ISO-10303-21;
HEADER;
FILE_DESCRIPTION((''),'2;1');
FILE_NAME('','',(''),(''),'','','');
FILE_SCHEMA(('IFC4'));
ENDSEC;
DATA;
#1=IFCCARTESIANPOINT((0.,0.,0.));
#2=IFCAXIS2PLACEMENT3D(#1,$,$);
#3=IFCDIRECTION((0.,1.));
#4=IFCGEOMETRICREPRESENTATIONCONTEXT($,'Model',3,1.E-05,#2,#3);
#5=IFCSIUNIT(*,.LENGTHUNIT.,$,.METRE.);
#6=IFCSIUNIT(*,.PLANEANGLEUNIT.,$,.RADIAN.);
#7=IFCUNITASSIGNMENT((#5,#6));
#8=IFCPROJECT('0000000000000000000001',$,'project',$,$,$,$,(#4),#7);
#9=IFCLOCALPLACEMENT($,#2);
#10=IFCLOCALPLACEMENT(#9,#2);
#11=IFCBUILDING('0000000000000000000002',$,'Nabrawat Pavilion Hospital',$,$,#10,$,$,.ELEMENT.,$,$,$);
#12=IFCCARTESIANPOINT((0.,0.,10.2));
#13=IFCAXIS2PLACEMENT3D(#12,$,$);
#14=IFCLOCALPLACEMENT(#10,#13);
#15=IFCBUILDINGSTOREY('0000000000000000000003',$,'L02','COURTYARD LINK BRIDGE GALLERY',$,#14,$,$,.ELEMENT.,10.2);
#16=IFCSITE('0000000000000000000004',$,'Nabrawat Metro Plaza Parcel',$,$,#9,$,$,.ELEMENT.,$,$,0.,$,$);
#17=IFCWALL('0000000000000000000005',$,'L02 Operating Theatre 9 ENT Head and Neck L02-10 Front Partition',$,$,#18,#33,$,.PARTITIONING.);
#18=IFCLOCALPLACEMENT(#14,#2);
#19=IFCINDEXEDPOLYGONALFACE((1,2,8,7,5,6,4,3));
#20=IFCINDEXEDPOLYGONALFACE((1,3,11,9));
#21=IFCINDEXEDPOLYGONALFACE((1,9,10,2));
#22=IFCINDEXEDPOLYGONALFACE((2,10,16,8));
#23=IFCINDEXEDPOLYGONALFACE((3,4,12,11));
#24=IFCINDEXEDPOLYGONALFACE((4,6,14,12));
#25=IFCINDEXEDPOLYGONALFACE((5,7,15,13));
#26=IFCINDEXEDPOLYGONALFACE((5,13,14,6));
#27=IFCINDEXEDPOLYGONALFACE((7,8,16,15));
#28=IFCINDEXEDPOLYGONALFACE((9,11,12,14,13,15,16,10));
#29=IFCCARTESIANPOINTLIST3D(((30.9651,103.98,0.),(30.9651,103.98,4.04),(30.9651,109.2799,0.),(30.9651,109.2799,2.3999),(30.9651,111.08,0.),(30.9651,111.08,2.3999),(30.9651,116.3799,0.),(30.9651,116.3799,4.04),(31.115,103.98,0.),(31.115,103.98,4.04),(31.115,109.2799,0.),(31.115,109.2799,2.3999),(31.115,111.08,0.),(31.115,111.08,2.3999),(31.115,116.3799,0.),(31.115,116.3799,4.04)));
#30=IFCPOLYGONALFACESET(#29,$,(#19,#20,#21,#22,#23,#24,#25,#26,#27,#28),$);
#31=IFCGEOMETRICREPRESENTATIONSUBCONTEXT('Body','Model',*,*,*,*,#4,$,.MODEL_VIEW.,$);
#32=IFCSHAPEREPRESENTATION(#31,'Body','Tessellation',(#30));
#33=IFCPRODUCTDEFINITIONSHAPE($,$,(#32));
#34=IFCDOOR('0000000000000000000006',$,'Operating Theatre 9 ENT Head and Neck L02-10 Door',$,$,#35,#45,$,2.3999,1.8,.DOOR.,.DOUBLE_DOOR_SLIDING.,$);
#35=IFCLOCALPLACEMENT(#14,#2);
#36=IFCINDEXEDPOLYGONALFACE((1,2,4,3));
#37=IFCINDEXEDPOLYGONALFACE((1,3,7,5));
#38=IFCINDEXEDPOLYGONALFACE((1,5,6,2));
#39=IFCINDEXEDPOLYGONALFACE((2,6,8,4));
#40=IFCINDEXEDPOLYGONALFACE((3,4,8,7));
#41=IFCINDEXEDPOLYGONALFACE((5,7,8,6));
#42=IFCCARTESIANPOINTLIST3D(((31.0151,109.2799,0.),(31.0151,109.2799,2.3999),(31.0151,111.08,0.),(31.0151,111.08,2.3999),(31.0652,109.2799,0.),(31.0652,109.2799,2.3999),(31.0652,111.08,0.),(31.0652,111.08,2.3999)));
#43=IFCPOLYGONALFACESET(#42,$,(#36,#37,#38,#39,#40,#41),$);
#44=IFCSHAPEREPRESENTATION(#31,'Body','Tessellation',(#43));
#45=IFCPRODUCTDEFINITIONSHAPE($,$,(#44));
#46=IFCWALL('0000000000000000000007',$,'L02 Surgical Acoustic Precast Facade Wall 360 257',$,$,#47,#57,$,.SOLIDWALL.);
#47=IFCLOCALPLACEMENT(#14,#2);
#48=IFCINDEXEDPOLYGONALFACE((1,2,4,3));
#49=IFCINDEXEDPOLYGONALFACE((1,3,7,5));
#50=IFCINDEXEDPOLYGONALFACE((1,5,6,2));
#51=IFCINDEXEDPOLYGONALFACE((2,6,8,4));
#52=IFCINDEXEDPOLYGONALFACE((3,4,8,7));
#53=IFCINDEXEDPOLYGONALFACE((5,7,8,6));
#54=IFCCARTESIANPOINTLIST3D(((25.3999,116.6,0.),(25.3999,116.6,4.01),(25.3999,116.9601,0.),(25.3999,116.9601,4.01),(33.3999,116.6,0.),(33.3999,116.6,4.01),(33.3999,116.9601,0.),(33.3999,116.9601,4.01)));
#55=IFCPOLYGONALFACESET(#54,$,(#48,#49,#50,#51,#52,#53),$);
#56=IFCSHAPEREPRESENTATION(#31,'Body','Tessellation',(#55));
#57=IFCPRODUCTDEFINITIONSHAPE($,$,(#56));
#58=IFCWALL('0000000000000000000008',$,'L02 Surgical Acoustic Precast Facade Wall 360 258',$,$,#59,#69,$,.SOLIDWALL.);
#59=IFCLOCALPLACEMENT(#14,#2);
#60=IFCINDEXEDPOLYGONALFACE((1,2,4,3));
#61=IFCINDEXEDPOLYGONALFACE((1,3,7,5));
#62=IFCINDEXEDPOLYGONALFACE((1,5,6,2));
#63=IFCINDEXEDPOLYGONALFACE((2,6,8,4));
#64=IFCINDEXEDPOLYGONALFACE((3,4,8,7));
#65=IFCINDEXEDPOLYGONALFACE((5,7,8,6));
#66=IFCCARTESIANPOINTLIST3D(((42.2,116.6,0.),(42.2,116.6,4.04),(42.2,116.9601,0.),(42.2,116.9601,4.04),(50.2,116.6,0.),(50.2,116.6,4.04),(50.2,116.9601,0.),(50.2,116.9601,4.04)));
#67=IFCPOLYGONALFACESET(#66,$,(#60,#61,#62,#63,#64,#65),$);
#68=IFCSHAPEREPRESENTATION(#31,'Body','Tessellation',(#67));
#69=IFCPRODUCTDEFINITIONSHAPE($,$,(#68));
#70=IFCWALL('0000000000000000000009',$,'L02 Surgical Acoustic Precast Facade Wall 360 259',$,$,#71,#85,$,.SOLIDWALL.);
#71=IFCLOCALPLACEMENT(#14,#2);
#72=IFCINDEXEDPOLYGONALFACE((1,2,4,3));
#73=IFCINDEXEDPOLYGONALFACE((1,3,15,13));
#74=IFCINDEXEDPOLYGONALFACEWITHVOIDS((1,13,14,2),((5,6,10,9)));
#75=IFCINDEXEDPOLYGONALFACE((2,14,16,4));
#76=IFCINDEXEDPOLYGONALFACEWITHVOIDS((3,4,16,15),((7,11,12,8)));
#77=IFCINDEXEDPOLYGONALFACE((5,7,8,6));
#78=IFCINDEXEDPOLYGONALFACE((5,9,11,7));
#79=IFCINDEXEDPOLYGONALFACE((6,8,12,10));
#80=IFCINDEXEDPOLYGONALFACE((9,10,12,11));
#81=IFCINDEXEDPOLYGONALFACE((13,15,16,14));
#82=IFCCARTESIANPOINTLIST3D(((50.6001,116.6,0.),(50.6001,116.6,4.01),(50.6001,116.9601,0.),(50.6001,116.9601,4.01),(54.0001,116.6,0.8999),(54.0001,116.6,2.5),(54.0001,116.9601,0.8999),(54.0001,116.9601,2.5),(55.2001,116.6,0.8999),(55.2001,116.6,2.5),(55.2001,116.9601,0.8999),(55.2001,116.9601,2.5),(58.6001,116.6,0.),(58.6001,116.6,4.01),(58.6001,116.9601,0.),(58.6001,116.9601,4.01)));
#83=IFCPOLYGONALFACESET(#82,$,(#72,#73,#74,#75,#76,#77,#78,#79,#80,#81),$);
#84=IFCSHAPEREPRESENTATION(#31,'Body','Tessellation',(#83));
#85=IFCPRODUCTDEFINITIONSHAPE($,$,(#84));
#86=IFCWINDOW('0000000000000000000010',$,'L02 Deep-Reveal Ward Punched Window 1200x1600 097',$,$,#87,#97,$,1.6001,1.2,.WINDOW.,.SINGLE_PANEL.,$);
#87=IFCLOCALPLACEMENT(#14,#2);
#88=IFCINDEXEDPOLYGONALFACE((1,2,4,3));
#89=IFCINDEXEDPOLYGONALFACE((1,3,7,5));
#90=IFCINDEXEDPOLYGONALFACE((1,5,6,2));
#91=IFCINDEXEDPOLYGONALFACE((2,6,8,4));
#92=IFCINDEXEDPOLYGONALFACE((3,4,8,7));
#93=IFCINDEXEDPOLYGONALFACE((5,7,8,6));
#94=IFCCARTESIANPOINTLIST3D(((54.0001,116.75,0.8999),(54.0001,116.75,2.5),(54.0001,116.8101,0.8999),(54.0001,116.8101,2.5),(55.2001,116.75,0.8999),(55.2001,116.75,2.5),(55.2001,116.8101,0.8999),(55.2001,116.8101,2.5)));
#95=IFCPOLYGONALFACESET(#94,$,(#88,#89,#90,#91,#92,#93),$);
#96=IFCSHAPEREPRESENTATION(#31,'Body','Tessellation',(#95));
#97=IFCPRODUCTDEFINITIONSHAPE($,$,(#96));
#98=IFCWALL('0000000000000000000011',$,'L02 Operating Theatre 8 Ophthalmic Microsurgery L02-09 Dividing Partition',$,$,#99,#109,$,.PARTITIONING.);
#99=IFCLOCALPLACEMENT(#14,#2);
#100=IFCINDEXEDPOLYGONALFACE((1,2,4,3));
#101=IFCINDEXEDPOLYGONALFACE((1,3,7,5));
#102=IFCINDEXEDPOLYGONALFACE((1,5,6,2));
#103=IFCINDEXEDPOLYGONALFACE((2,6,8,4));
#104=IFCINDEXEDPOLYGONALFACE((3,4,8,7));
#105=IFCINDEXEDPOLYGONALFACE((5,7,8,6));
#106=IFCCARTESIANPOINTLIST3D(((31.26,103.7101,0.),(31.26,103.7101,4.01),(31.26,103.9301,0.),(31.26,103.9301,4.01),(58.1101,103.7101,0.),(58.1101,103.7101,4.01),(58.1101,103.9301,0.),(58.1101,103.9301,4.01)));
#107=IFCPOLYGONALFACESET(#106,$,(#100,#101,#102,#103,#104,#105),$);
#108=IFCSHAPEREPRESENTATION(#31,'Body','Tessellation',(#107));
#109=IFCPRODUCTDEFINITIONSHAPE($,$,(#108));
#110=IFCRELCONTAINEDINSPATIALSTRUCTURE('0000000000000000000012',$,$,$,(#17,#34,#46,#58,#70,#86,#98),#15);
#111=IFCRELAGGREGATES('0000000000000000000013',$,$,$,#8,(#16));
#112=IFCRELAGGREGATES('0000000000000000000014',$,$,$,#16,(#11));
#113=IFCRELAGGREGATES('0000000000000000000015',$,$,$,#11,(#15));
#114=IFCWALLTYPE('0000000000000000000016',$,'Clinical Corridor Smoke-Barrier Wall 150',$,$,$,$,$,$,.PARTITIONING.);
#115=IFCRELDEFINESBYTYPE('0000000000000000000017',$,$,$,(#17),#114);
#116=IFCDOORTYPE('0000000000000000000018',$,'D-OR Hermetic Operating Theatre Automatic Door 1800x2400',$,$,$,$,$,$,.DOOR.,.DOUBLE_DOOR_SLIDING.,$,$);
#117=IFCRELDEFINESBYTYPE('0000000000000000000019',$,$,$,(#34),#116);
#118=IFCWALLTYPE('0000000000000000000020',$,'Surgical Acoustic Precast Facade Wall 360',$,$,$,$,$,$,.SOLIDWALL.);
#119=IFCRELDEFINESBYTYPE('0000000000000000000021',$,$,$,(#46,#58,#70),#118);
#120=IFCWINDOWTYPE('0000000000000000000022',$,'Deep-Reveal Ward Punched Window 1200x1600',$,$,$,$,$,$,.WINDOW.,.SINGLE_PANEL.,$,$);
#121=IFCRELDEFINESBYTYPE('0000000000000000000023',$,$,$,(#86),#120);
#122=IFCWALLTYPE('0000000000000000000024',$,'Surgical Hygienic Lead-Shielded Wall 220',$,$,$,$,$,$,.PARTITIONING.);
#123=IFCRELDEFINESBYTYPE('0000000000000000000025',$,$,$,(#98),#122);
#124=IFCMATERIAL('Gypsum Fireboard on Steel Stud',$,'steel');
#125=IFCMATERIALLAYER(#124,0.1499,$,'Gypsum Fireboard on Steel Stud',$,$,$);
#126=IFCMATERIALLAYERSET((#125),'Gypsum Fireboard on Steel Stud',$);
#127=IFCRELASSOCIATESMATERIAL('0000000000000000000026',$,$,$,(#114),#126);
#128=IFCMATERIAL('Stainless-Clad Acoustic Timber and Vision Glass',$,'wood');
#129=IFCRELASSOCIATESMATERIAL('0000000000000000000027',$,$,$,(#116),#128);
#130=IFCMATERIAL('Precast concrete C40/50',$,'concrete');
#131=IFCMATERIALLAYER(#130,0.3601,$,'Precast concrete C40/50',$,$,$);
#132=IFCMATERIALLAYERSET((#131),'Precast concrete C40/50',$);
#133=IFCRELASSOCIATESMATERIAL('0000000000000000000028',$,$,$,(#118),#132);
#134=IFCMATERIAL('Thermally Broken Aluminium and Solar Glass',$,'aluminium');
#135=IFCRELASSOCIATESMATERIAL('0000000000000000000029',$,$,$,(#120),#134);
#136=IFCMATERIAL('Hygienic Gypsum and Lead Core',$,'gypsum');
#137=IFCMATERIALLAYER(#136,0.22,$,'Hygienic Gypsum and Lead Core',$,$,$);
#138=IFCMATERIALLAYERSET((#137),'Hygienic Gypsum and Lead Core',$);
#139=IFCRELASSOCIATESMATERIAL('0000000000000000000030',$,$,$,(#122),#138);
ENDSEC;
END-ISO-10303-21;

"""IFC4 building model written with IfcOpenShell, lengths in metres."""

from ifc_helpers import new_model, si_unit, direction, frame, frame_2d, origin, place, context, subcontext, project, spatial, rectangle, extrude, material, layer, layer_set, type_object, element, fill, save


model = new_model("IFC4")

# Units and contexts
model_context = context("Model", 3, precision=1e-05, world=origin(), true_north=direction((0.0, 1.0)))
body_context = subcontext(model_context, "Body", "Model", "MODEL_VIEW")
ifc_project = project(units=[si_unit("LENGTHUNIT", "METRE"), si_unit("PLANEANGLEUNIT", "RADIAN")], contexts=[model_context])

# Site, building, storey
site_placement = place(None, origin())
site = spatial("IfcSite", under=ifc_project, at=site_placement, Name="Nabrawat Metro Plaza Parcel", CompositionType="ELEMENT", RefElevation=0.0)
building_placement = place(site_placement, origin())
building = spatial("IfcBuilding", under=site, at=building_placement, Name="Nabrawat Pavilion Hospital", CompositionType="ELEMENT")
storey_placement = place(building_placement, frame((0.0, 0.0, 10.2)))
storey = spatial("IfcBuildingStorey", under=building, at=storey_placement, Name="L02", Description="COURTYARD LINK BRIDGE GALLERY", CompositionType="ELEMENT", Elevation=10.2)

# Wall, opening, door
ifc_material_1 = material(Name="Gypsum Fireboard on Steel Stud", Category="steel")
ifc_layer_1 = layer(ifc_material_1, 0.1499, Name="Gypsum Fireboard on Steel Stud")
ifc_layer_set_1 = layer_set([ifc_layer_1], Name="Gypsum Fireboard on Steel Stud")
wall_type_1 = type_object("IfcWallType", Name="Clinical Corridor Smoke-Barrier Wall 150", PredefinedType="PARTITIONING", material=ifc_layer_set_1)
ifc_material_2 = material(Name="Stainless-Clad Acoustic Timber and Vision Glass", Category="wood")
door_type = type_object("IfcDoorType", Name="D-OR Hermetic Operating Theatre Automatic Door 1800x2400", OperationType="DOUBLE_DOOR_SLIDING", PredefinedType="DOOR", material=ifc_material_2)
wall_1_placement = place(storey_placement, frame((31.04, 103.98, 0.0), z_axis=(0.0, 0.0, 1.0), x_axis=(0.0, 1.0, 0.0)))
wall_1 = element("IfcWall", 1, at=wall_1_placement, inside=storey, type_object=wall_type_1, Name="L02 Operating Theatre 9 ENT Head and Neck L02-10 Front Partition", PredefinedType="PARTITIONING", context=body_context, shape_type="SweptSolid", body=[
    extrude(rectangle(XDim=12.3999, YDim=0.1499, at=frame_2d((6.2, 0.0))), origin(), (0.0, 0.0, 1.0), 4.04),
])
opening_1_placement = place(wall_1_placement, frame((5.3, 0.0, 0.0)))
opening_1 = element("IfcOpeningElement", 2, at=opening_1_placement, cuts=wall_1, PredefinedType="OPENING", context=body_context, shape_type="SweptSolid", body=[
    extrude(rectangle(XDim=1.8, YDim=2.3999, at=frame_2d((0.8999, 1.2))), frame((0.0, 0.085, 0.0), z_axis=(0.0, -1.0, 0.0), x_axis=(1.0, 0.0, 0.0)), (0.0, 0.0, 1.0), 0.1699),
])
door_1_placement = place(opening_1_placement, origin())
door_1 = element("IfcDoor", 3, at=door_1_placement, inside=storey, type_object=door_type, Name="Operating Theatre 9 ENT Head and Neck L02-10 Door", OperationType="DOUBLE_DOOR_SLIDING", OverallHeight=2.3999, OverallWidth=1.8, PredefinedType="DOOR", context=body_context, shape_type="SweptSolid", body=[
    extrude(rectangle(XDim=1.8, YDim=2.3999, at=frame_2d((0.8999, 1.2))), frame((0.0, 0.0249, 0.0), z_axis=(0.0, -1.0, 0.0), x_axis=(1.0, 0.0, 0.0)), (0.0, 0.0, 1.0), 0.05),
])
fill(opening_1, door_1)

# Walls
ifc_material_3 = material(Name="Precast concrete C40/50", Category="concrete")
ifc_layer_2 = layer(ifc_material_3, 0.3601, Name="Precast concrete C40/50")
ifc_layer_set_2 = layer_set([ifc_layer_2], Name="Precast concrete C40/50")
wall_type_2 = type_object("IfcWallType", Name="Surgical Acoustic Precast Facade Wall 360", PredefinedType="SOLIDWALL", material=ifc_layer_set_2)
wall_2_placement = place(storey_placement, frame((25.3999, 116.78, 0.0), z_axis=(0.0, 0.0, 1.0), x_axis=(1.0, 0.0, 0.0)))
element("IfcWall", 4, at=wall_2_placement, inside=storey, type_object=wall_type_2, Name="L02 Surgical Acoustic Precast Facade Wall 360 257", PredefinedType="SOLIDWALL", context=body_context, shape_type="SweptSolid", body=[
    extrude(rectangle(XDim=8.0, YDim=0.3601, at=frame_2d((4.0, 0.0))), origin(), (0.0, 0.0, 1.0), 4.01),
])
wall_3_placement = place(storey_placement, frame((42.2, 116.78, 0.0), z_axis=(0.0, 0.0, 1.0), x_axis=(1.0, 0.0, 0.0)))
element("IfcWall", 5, at=wall_3_placement, inside=storey, type_object=wall_type_2, Name="L02 Surgical Acoustic Precast Facade Wall 360 258", PredefinedType="SOLIDWALL", context=body_context, shape_type="SweptSolid", body=[
    extrude(rectangle(XDim=8.0, YDim=0.3601, at=frame_2d((4.0, 0.0))), origin(), (0.0, 0.0, 1.0), 4.04),
])

# Wall, opening, window
wall_4_placement = place(storey_placement, frame((50.6001, 116.78, 0.0), z_axis=(0.0, 0.0, 1.0), x_axis=(1.0, 0.0, 0.0)))
wall_4 = element("IfcWall", 6, at=wall_4_placement, inside=storey, type_object=wall_type_2, Name="L02 Surgical Acoustic Precast Facade Wall 360 259", PredefinedType="SOLIDWALL", context=body_context, shape_type="SweptSolid", body=[
    extrude(rectangle(XDim=8.0, YDim=0.3601, at=frame_2d((4.0, 0.0))), origin(), (0.0, 0.0, 1.0), 4.01),
])
opening_2_placement = place(wall_4_placement, frame((3.3999, 0.0, 0.8999)))
opening_2 = element("IfcOpeningElement", 7, at=opening_2_placement, cuts=wall_4, PredefinedType="OPENING", context=body_context, shape_type="SweptSolid", body=[
    extrude(rectangle(XDim=1.2, YDim=1.6001, at=frame_2d((0.6001, 0.8))), frame((0.0, 0.1899, 0.0), z_axis=(0.0, -1.0, 0.0), x_axis=(1.0, 0.0, 0.0)), (0.0, 0.0, 1.0), 0.3801),
])
ifc_material_4 = material(Name="Thermally Broken Aluminium and Solar Glass", Category="aluminium")
window_type = type_object("IfcWindowType", Name="Deep-Reveal Ward Punched Window 1200x1600", PartitioningType="SINGLE_PANEL", PredefinedType="WINDOW", material=ifc_material_4)
window_placement = place(opening_2_placement, origin())
window = element("IfcWindow", 8, at=window_placement, inside=storey, type_object=window_type, Name="L02 Deep-Reveal Ward Punched Window 1200x1600 097", OverallHeight=1.6001, OverallWidth=1.2, PartitioningType="SINGLE_PANEL", PredefinedType="WINDOW", context=body_context, shape_type="SweptSolid", body=[
    extrude(rectangle(XDim=1.2, YDim=1.6001, at=frame_2d((0.6001, 0.8))), frame((0.0, 0.03, 0.0), z_axis=(0.0, -1.0, 0.0), x_axis=(1.0, 0.0, 0.0)), (0.0, 0.0, 1.0), 0.0601),
])
fill(opening_2, window)

# Wall
ifc_material_5 = material(Name="Hygienic Gypsum and Lead Core", Category="gypsum")
ifc_layer_3 = layer(ifc_material_5, 0.22, Name="Hygienic Gypsum and Lead Core")
ifc_layer_set_3 = layer_set([ifc_layer_3], Name="Hygienic Gypsum and Lead Core")
wall_type_3 = type_object("IfcWallType", Name="Surgical Hygienic Lead-Shielded Wall 220", PredefinedType="PARTITIONING", material=ifc_layer_set_3)
wall_5_placement = place(storey_placement, frame((31.26, 103.8201, 0.0), z_axis=(0.0, 0.0, 1.0), x_axis=(1.0, 0.0, 0.0)))
element("IfcWall", 9, at=wall_5_placement, inside=storey, type_object=wall_type_3, Name="L02 Operating Theatre 8 Ophthalmic Microsurgery L02-09 Dividing Partition", PredefinedType="PARTITIONING", context=body_context, shape_type="SweptSolid", body=[
    extrude(rectangle(XDim=26.8501, YDim=0.22, at=frame_2d((13.425, 0.0))), origin(), (0.0, 0.0, 1.0), 4.01),
])

save(model, "model.ifc")
